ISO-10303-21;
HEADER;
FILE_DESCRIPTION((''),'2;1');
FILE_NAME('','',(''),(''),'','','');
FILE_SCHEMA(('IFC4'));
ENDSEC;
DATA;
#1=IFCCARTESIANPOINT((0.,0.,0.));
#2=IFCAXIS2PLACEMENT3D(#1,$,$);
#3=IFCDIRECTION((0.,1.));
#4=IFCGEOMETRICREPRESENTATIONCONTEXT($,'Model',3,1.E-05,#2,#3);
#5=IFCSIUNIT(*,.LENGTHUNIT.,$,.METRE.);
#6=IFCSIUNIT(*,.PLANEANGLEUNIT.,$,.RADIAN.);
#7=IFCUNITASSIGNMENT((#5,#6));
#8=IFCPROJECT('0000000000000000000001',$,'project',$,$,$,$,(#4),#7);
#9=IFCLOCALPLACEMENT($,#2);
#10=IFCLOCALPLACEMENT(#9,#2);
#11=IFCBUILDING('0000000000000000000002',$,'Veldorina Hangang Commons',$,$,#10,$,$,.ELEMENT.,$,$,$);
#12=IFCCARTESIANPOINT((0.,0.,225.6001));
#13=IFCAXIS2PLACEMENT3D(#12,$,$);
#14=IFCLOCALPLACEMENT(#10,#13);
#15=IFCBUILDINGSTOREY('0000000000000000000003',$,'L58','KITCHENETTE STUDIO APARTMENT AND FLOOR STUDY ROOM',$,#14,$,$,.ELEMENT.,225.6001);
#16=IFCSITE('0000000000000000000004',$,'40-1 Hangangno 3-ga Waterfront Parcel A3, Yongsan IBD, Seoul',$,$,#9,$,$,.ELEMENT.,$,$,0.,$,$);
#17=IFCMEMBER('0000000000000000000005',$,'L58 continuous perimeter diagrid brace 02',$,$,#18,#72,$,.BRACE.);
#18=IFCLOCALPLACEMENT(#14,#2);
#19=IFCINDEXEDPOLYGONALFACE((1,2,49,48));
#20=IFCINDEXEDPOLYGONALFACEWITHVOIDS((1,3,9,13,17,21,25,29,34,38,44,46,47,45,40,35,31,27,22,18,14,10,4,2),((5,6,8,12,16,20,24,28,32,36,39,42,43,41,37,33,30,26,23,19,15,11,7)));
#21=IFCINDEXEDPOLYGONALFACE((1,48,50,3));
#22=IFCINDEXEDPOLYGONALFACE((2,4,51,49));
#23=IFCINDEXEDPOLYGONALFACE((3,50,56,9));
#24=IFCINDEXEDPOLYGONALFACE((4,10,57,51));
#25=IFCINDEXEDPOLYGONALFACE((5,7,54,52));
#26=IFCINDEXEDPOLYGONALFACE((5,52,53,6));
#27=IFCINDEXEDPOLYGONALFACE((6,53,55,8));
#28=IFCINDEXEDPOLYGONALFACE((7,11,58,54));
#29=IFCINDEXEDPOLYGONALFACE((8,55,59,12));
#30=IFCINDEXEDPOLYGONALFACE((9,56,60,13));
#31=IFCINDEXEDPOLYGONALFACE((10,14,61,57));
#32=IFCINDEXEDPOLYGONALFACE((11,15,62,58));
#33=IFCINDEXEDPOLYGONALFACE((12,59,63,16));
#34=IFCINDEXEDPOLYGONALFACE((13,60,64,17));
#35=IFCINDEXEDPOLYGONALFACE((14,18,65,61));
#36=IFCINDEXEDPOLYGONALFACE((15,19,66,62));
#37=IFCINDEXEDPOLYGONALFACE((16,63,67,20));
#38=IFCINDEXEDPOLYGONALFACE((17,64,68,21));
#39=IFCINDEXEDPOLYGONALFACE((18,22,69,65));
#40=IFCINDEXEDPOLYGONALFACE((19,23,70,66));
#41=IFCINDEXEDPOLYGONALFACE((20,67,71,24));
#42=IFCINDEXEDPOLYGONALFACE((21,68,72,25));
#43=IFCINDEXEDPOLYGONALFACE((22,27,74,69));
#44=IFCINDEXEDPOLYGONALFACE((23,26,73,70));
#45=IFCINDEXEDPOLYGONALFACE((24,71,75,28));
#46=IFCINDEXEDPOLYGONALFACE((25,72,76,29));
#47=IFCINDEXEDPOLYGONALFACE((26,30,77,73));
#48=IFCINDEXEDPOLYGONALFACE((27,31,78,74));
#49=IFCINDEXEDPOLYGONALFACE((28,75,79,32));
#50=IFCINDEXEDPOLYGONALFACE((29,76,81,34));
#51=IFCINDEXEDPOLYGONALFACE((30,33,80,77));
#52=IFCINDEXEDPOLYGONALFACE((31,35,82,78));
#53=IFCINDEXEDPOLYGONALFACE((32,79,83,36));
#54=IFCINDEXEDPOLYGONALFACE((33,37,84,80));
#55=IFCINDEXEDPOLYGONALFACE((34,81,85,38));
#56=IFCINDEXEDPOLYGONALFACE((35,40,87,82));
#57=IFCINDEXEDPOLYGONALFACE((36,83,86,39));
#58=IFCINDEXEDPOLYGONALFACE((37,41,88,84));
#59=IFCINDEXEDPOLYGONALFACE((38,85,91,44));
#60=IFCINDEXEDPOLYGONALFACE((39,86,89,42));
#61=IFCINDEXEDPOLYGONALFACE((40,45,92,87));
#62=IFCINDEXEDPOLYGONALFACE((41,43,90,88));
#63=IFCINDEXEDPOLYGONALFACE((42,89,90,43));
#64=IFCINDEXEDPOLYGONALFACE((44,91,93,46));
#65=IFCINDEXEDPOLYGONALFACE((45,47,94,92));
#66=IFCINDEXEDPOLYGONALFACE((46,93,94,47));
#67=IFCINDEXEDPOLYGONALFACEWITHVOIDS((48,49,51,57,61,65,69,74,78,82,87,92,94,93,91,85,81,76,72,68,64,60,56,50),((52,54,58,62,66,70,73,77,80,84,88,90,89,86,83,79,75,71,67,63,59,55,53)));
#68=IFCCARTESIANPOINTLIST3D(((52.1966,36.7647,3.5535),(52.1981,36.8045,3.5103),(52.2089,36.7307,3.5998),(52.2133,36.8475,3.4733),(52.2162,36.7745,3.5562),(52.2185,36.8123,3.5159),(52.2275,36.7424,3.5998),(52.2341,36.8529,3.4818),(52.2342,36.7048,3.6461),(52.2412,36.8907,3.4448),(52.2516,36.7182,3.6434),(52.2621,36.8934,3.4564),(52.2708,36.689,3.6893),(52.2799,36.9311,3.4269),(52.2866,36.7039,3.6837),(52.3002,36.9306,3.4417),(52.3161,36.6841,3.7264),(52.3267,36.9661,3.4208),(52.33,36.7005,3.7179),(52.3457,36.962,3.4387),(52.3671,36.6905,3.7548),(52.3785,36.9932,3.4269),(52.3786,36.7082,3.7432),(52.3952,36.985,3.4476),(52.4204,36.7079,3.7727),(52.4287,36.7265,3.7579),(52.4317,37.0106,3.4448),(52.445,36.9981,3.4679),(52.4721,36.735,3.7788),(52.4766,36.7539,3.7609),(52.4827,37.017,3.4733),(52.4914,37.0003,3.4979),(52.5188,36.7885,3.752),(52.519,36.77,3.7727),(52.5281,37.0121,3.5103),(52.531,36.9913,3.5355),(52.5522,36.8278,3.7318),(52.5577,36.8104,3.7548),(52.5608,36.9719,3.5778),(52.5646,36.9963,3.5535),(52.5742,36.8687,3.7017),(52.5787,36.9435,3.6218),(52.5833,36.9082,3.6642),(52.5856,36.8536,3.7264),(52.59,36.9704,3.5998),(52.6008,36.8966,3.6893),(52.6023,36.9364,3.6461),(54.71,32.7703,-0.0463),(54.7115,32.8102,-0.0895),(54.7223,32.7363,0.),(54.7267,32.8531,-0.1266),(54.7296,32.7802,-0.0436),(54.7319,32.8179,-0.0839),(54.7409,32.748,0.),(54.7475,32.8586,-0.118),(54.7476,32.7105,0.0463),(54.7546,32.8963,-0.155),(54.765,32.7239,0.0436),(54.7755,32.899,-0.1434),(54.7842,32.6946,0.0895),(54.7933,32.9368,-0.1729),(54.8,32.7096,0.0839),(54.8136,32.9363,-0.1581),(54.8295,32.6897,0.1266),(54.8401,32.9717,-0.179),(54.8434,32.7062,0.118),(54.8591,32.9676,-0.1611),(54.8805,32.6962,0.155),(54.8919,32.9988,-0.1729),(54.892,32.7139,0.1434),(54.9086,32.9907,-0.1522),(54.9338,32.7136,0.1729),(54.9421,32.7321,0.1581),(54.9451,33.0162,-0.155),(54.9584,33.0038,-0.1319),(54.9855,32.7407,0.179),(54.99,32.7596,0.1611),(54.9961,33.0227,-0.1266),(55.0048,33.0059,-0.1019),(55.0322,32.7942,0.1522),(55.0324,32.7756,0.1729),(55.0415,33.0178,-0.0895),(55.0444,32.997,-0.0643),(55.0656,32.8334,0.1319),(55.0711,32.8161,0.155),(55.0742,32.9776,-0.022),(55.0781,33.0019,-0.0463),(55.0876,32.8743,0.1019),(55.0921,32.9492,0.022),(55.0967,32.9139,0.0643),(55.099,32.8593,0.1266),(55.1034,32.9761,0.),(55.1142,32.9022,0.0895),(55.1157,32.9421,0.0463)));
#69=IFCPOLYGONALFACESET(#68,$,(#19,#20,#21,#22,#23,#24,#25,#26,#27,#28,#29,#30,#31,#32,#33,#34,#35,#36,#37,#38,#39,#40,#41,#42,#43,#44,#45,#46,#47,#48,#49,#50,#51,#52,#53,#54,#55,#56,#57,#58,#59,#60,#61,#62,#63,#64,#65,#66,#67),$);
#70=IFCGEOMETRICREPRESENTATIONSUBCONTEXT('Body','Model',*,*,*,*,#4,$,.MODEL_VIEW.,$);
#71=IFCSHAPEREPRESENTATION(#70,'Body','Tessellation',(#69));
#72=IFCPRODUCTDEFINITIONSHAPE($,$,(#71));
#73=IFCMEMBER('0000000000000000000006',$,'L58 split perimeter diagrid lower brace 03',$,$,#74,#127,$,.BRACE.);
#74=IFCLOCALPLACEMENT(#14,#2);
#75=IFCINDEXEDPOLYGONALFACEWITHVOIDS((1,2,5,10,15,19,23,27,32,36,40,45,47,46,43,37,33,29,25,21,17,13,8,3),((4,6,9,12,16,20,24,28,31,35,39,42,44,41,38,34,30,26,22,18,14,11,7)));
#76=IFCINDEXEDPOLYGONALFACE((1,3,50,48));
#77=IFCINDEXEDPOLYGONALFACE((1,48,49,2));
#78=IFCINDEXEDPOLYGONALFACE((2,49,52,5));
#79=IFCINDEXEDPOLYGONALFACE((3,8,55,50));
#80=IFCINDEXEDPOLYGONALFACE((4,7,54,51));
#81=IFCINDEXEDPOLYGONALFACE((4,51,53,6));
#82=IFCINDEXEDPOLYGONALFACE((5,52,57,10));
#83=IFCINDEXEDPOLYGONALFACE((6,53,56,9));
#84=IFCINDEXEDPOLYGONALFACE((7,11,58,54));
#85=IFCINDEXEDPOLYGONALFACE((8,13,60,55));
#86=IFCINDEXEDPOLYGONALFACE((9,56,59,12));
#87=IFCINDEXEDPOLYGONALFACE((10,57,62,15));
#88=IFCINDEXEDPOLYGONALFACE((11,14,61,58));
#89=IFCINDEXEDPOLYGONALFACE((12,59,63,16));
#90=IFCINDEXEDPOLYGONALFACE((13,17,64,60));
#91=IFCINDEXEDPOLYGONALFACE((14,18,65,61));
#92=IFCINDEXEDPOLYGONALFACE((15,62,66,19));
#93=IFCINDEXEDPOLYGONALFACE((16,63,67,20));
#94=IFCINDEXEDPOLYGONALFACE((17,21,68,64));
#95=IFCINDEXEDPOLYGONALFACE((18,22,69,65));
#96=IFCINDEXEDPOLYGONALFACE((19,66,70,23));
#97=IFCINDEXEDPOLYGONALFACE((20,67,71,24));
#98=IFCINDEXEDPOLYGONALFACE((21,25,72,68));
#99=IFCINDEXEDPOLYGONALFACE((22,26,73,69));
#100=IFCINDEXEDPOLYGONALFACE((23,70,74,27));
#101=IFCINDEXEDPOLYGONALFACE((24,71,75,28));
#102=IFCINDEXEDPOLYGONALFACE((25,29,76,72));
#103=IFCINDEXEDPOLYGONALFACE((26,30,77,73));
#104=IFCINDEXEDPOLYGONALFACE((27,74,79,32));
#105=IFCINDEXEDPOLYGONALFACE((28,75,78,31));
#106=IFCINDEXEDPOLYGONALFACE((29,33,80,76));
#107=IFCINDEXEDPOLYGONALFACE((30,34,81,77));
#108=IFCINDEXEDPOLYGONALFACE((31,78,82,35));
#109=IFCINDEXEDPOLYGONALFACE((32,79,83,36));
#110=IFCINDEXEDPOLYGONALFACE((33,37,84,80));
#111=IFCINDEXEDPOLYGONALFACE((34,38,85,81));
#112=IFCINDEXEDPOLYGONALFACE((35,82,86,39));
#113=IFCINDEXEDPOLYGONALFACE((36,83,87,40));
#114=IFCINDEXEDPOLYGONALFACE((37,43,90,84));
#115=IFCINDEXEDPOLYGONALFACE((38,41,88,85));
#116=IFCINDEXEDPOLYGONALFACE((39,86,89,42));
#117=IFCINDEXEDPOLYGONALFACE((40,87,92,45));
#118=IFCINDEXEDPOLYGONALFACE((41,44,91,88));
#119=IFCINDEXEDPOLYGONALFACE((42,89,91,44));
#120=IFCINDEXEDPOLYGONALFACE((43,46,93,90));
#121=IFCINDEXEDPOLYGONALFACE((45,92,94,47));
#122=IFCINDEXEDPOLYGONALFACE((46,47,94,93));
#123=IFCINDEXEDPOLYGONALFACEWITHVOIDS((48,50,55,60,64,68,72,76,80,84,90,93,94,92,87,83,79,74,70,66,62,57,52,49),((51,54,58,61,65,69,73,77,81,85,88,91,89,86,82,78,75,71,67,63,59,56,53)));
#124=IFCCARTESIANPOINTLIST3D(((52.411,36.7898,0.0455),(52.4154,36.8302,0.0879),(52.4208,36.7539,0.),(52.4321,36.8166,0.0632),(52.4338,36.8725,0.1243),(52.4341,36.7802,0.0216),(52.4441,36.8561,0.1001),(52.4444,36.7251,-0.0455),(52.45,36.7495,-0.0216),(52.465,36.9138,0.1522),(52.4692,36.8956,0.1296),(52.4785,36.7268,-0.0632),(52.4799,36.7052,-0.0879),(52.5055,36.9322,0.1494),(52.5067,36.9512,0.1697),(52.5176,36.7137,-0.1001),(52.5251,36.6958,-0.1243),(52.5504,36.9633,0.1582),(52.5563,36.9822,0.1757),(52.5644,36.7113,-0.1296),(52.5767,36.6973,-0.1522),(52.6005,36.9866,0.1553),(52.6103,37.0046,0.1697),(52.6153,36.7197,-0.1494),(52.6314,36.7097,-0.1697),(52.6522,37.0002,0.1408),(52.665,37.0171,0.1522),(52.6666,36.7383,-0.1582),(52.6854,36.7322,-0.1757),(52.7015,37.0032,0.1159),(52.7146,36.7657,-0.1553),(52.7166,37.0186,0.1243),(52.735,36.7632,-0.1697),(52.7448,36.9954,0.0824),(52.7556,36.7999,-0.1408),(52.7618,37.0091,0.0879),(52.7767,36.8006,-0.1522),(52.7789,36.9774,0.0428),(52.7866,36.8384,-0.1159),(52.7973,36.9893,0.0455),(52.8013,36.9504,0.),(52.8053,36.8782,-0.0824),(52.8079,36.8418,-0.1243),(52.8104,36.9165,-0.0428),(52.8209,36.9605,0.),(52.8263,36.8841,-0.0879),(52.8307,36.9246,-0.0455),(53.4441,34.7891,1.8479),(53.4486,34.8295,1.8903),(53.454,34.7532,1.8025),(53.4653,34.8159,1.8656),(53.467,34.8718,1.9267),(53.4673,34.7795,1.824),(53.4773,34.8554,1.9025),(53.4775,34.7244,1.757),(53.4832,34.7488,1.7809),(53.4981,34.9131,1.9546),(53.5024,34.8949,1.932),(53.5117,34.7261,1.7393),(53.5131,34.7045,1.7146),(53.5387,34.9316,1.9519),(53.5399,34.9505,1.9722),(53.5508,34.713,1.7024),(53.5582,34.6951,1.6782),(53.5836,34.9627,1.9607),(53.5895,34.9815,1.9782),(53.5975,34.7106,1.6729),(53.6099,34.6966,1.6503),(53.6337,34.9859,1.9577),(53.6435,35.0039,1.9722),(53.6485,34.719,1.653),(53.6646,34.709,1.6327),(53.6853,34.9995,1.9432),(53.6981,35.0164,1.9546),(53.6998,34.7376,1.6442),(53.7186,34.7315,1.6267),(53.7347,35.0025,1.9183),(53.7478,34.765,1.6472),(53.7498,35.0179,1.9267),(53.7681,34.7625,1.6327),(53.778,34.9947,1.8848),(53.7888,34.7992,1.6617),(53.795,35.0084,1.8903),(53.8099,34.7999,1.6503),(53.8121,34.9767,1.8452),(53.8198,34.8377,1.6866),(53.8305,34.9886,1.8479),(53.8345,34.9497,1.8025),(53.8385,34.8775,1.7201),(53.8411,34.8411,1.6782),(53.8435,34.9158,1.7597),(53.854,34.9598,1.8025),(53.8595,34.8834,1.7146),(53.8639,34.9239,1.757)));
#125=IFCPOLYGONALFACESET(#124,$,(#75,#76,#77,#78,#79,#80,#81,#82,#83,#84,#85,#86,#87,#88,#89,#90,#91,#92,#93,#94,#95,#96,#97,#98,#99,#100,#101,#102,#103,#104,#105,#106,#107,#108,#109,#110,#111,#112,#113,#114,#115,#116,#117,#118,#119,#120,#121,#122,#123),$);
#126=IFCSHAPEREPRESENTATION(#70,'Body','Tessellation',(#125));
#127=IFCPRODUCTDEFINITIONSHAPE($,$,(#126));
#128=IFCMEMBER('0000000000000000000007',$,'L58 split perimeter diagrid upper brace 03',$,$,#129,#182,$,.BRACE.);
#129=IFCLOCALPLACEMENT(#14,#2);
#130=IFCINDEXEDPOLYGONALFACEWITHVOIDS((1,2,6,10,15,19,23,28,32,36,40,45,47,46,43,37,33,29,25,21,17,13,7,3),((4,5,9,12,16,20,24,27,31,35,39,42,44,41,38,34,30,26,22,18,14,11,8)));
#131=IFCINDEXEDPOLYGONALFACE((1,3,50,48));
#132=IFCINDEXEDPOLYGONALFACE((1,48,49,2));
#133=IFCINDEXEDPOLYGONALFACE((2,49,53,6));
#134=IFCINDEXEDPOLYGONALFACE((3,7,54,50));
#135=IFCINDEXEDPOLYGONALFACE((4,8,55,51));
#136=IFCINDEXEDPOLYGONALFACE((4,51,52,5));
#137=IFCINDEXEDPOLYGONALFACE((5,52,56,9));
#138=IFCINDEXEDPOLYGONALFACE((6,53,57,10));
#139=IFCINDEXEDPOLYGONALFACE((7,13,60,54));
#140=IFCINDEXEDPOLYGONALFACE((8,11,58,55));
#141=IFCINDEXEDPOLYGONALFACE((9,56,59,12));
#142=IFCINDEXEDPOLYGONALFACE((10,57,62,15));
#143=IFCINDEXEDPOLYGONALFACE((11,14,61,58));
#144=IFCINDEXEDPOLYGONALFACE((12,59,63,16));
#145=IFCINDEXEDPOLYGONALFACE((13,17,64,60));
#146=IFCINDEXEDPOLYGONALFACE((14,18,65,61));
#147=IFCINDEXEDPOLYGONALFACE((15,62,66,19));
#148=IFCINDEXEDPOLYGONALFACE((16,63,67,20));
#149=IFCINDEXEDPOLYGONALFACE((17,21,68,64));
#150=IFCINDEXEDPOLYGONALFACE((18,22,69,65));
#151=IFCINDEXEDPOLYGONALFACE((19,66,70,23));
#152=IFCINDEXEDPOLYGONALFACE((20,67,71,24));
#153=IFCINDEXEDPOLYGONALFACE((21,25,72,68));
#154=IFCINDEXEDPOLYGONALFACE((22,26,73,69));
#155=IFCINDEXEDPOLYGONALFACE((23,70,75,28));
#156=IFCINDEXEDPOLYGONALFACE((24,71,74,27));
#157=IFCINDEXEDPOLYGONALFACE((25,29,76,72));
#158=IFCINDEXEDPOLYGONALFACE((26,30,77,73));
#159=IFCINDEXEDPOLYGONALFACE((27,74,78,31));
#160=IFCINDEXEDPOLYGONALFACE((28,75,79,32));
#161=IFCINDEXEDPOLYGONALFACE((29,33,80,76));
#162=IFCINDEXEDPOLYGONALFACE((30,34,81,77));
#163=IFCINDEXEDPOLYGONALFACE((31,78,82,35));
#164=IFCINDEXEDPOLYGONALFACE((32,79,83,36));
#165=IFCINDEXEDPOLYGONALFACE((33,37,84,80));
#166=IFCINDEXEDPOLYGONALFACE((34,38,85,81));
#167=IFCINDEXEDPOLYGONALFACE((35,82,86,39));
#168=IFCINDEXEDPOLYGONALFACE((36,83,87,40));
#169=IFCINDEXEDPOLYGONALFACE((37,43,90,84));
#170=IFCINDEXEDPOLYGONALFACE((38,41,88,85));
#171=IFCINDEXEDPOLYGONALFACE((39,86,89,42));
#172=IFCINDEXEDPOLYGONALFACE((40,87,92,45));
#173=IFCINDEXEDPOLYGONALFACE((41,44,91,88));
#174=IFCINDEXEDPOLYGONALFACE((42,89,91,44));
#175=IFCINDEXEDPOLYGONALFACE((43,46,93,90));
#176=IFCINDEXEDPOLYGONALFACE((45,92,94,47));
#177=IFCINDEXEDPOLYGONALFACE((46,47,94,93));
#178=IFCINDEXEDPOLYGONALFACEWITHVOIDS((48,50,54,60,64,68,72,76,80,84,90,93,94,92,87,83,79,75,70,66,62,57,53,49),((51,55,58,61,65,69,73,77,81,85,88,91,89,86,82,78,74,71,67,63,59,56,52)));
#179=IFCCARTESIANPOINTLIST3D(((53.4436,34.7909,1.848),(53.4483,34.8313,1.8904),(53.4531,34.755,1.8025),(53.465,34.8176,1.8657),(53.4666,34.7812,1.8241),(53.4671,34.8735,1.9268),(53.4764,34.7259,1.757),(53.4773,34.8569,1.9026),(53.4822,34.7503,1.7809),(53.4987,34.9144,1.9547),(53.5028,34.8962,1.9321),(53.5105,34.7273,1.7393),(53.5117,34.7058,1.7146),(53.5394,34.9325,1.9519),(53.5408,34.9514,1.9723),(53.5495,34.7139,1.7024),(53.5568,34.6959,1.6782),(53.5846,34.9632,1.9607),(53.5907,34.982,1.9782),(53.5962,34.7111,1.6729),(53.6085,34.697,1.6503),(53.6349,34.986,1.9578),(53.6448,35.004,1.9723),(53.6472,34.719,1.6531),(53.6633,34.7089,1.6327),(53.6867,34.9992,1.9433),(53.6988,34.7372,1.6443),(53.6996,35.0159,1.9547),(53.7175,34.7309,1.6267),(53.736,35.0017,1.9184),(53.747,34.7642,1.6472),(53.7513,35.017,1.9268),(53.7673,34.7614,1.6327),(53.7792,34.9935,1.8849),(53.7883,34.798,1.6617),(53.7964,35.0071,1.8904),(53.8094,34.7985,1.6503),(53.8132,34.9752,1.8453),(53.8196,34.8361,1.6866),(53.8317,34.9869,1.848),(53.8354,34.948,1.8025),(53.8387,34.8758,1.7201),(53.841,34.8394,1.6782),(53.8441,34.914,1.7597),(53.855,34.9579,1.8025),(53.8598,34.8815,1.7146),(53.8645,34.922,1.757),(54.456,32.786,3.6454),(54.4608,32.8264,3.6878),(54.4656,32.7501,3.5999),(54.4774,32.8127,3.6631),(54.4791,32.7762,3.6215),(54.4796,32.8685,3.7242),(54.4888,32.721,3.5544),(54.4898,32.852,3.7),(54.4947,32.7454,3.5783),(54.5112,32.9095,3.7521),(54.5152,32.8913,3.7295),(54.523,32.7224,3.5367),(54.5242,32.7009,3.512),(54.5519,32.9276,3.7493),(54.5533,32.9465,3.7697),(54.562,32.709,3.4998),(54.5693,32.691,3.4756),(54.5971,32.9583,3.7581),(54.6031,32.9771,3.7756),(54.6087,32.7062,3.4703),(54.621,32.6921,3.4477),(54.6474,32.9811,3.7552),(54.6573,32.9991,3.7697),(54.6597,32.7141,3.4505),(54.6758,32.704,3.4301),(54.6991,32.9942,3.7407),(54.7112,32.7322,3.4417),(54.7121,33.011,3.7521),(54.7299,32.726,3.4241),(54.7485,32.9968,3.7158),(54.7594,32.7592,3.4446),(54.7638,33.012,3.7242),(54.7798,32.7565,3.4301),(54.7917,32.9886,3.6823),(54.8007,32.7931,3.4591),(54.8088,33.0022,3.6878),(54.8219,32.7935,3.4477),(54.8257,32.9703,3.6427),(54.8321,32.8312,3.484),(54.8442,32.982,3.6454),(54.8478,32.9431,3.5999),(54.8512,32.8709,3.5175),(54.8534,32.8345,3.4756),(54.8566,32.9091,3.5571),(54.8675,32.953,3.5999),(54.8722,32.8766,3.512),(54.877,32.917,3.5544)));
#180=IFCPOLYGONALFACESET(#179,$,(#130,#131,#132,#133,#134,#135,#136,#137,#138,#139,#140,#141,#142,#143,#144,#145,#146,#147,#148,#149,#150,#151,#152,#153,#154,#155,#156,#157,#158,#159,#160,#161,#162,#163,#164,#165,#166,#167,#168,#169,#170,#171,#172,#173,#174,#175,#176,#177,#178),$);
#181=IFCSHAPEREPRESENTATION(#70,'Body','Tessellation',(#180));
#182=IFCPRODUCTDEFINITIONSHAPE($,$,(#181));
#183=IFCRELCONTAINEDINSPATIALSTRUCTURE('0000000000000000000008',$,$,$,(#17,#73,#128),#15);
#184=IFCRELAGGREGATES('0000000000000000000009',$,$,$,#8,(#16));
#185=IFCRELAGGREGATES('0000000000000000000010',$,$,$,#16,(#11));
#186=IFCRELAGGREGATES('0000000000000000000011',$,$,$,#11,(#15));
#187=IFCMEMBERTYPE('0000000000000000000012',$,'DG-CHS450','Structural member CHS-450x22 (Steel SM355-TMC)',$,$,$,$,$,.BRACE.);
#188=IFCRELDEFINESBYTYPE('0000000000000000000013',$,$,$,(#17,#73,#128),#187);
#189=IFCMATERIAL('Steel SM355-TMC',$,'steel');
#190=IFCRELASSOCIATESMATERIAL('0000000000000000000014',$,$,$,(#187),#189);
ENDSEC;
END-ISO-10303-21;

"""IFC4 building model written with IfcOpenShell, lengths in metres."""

from ifc_helpers import new_model, si_unit, direction, frame, origin, origin_2d, place, context, subcontext, project, spatial, hollow_circle, extrude, material, material_profile, profile_set, type_object, element, save


model = new_model("IFC4")

# Units and contexts
model_context = context("Model", 3, precision=1e-05, world=origin(), true_north=direction((0.0, 1.0)))
body_context = subcontext(model_context, "Body", "Model", "MODEL_VIEW")
ifc_project = project(units=[si_unit("LENGTHUNIT", "METRE"), si_unit("PLANEANGLEUNIT", "RADIAN")], contexts=[model_context])

# Site, building, storey
site_placement = place(None, origin())
site = spatial("IfcSite", under=ifc_project, at=site_placement, Name="40-1 Hangangno 3-ga Waterfront Parcel A3, Yongsan IBD, Seoul", CompositionType="ELEMENT", RefElevation=0.0)
building_placement = place(site_placement, origin())
building = spatial("IfcBuilding", under=site, at=building_placement, Name="Veldorina Hangang Commons", CompositionType="ELEMENT")
storey_placement = place(building_placement, frame((0.0, 0.0, 225.6001)))
storey = spatial("IfcBuildingStorey", under=building, at=storey_placement, Name="L58", Description="KITCHENETTE STUDIO APARTMENT AND FLOOR STUDY ROOM", CompositionType="ELEMENT", Elevation=225.6001)

# Shared definitions
ifc_material_1 = material(Name="Steel SM355-TMC", Category="steel")

# Members
ifc_material_profile_1 = material_profile(ifc_material_1, hollow_circle(Radius=0.2251, WallThickness=0.022, at=origin_2d()), Name="CHS-450x22")
ifc_profile_set_1 = profile_set([ifc_material_profile_1], Name="Steel SM355-TMC")
member_type_1 = type_object("IfcMemberType", Name="DG-CHS450", Description="Structural member CHS-450x22 (Steel SM355-TMC)", PredefinedType="BRACE", material=ifc_profile_set_1)
member_1_placement = place(storey_placement, frame((54.9128, 32.8562, 0.0), z_axis=(-0.423449, 0.672954, 0.606485), x_axis=(-0.846381, -0.532577, 0.0)))
element("IfcMember", 1, at=member_1_placement, inside=storey, type_object=member_type_1, Name="L58 continuous perimeter diagrid brace 02", PredefinedType="BRACE", context=body_context, shape_type="SweptSolid", body=[
    extrude(hollow_circle(Radius=0.2251, WallThickness=0.022, at=origin_2d()), origin(), (0.0, 0.0, 1.0), 5.9355),
])
member_2_placement = place(storey_placement, frame((52.6208, 36.8572, 0.0), z_axis=(0.358211, -0.693654, 0.624923), x_axis=(0.888518, 0.458842, 0.0)))
element("IfcMember", 2, at=member_2_placement, inside=storey, type_object=member_type_1, Name="L58 split perimeter diagrid lower brace 03", PredefinedType="BRACE", context=body_context, shape_type="SweptSolid", body=[
    extrude(hollow_circle(Radius=0.2251, WallThickness=0.022, at=origin_2d()), origin(), (0.0, 0.0, 1.0), 2.8843),
])
member_3_placement = place(storey_placement, frame((53.6541, 34.8564, 1.8025), z_axis=(0.351955, -0.69695, 0.624811), x_axis=(0.892637, 0.450775, 0.0)))
element("IfcMember", 3, at=member_3_placement, inside=storey, type_object=member_type_1, Name="L58 split perimeter diagrid upper brace 03", PredefinedType="BRACE", context=body_context, shape_type="SweptSolid", body=[
    extrude(hollow_circle(Radius=0.2251, WallThickness=0.022, at=origin_2d()), origin(), (0.0, 0.0, 1.0), 2.8767),
])

save(model, "model.ifc")
